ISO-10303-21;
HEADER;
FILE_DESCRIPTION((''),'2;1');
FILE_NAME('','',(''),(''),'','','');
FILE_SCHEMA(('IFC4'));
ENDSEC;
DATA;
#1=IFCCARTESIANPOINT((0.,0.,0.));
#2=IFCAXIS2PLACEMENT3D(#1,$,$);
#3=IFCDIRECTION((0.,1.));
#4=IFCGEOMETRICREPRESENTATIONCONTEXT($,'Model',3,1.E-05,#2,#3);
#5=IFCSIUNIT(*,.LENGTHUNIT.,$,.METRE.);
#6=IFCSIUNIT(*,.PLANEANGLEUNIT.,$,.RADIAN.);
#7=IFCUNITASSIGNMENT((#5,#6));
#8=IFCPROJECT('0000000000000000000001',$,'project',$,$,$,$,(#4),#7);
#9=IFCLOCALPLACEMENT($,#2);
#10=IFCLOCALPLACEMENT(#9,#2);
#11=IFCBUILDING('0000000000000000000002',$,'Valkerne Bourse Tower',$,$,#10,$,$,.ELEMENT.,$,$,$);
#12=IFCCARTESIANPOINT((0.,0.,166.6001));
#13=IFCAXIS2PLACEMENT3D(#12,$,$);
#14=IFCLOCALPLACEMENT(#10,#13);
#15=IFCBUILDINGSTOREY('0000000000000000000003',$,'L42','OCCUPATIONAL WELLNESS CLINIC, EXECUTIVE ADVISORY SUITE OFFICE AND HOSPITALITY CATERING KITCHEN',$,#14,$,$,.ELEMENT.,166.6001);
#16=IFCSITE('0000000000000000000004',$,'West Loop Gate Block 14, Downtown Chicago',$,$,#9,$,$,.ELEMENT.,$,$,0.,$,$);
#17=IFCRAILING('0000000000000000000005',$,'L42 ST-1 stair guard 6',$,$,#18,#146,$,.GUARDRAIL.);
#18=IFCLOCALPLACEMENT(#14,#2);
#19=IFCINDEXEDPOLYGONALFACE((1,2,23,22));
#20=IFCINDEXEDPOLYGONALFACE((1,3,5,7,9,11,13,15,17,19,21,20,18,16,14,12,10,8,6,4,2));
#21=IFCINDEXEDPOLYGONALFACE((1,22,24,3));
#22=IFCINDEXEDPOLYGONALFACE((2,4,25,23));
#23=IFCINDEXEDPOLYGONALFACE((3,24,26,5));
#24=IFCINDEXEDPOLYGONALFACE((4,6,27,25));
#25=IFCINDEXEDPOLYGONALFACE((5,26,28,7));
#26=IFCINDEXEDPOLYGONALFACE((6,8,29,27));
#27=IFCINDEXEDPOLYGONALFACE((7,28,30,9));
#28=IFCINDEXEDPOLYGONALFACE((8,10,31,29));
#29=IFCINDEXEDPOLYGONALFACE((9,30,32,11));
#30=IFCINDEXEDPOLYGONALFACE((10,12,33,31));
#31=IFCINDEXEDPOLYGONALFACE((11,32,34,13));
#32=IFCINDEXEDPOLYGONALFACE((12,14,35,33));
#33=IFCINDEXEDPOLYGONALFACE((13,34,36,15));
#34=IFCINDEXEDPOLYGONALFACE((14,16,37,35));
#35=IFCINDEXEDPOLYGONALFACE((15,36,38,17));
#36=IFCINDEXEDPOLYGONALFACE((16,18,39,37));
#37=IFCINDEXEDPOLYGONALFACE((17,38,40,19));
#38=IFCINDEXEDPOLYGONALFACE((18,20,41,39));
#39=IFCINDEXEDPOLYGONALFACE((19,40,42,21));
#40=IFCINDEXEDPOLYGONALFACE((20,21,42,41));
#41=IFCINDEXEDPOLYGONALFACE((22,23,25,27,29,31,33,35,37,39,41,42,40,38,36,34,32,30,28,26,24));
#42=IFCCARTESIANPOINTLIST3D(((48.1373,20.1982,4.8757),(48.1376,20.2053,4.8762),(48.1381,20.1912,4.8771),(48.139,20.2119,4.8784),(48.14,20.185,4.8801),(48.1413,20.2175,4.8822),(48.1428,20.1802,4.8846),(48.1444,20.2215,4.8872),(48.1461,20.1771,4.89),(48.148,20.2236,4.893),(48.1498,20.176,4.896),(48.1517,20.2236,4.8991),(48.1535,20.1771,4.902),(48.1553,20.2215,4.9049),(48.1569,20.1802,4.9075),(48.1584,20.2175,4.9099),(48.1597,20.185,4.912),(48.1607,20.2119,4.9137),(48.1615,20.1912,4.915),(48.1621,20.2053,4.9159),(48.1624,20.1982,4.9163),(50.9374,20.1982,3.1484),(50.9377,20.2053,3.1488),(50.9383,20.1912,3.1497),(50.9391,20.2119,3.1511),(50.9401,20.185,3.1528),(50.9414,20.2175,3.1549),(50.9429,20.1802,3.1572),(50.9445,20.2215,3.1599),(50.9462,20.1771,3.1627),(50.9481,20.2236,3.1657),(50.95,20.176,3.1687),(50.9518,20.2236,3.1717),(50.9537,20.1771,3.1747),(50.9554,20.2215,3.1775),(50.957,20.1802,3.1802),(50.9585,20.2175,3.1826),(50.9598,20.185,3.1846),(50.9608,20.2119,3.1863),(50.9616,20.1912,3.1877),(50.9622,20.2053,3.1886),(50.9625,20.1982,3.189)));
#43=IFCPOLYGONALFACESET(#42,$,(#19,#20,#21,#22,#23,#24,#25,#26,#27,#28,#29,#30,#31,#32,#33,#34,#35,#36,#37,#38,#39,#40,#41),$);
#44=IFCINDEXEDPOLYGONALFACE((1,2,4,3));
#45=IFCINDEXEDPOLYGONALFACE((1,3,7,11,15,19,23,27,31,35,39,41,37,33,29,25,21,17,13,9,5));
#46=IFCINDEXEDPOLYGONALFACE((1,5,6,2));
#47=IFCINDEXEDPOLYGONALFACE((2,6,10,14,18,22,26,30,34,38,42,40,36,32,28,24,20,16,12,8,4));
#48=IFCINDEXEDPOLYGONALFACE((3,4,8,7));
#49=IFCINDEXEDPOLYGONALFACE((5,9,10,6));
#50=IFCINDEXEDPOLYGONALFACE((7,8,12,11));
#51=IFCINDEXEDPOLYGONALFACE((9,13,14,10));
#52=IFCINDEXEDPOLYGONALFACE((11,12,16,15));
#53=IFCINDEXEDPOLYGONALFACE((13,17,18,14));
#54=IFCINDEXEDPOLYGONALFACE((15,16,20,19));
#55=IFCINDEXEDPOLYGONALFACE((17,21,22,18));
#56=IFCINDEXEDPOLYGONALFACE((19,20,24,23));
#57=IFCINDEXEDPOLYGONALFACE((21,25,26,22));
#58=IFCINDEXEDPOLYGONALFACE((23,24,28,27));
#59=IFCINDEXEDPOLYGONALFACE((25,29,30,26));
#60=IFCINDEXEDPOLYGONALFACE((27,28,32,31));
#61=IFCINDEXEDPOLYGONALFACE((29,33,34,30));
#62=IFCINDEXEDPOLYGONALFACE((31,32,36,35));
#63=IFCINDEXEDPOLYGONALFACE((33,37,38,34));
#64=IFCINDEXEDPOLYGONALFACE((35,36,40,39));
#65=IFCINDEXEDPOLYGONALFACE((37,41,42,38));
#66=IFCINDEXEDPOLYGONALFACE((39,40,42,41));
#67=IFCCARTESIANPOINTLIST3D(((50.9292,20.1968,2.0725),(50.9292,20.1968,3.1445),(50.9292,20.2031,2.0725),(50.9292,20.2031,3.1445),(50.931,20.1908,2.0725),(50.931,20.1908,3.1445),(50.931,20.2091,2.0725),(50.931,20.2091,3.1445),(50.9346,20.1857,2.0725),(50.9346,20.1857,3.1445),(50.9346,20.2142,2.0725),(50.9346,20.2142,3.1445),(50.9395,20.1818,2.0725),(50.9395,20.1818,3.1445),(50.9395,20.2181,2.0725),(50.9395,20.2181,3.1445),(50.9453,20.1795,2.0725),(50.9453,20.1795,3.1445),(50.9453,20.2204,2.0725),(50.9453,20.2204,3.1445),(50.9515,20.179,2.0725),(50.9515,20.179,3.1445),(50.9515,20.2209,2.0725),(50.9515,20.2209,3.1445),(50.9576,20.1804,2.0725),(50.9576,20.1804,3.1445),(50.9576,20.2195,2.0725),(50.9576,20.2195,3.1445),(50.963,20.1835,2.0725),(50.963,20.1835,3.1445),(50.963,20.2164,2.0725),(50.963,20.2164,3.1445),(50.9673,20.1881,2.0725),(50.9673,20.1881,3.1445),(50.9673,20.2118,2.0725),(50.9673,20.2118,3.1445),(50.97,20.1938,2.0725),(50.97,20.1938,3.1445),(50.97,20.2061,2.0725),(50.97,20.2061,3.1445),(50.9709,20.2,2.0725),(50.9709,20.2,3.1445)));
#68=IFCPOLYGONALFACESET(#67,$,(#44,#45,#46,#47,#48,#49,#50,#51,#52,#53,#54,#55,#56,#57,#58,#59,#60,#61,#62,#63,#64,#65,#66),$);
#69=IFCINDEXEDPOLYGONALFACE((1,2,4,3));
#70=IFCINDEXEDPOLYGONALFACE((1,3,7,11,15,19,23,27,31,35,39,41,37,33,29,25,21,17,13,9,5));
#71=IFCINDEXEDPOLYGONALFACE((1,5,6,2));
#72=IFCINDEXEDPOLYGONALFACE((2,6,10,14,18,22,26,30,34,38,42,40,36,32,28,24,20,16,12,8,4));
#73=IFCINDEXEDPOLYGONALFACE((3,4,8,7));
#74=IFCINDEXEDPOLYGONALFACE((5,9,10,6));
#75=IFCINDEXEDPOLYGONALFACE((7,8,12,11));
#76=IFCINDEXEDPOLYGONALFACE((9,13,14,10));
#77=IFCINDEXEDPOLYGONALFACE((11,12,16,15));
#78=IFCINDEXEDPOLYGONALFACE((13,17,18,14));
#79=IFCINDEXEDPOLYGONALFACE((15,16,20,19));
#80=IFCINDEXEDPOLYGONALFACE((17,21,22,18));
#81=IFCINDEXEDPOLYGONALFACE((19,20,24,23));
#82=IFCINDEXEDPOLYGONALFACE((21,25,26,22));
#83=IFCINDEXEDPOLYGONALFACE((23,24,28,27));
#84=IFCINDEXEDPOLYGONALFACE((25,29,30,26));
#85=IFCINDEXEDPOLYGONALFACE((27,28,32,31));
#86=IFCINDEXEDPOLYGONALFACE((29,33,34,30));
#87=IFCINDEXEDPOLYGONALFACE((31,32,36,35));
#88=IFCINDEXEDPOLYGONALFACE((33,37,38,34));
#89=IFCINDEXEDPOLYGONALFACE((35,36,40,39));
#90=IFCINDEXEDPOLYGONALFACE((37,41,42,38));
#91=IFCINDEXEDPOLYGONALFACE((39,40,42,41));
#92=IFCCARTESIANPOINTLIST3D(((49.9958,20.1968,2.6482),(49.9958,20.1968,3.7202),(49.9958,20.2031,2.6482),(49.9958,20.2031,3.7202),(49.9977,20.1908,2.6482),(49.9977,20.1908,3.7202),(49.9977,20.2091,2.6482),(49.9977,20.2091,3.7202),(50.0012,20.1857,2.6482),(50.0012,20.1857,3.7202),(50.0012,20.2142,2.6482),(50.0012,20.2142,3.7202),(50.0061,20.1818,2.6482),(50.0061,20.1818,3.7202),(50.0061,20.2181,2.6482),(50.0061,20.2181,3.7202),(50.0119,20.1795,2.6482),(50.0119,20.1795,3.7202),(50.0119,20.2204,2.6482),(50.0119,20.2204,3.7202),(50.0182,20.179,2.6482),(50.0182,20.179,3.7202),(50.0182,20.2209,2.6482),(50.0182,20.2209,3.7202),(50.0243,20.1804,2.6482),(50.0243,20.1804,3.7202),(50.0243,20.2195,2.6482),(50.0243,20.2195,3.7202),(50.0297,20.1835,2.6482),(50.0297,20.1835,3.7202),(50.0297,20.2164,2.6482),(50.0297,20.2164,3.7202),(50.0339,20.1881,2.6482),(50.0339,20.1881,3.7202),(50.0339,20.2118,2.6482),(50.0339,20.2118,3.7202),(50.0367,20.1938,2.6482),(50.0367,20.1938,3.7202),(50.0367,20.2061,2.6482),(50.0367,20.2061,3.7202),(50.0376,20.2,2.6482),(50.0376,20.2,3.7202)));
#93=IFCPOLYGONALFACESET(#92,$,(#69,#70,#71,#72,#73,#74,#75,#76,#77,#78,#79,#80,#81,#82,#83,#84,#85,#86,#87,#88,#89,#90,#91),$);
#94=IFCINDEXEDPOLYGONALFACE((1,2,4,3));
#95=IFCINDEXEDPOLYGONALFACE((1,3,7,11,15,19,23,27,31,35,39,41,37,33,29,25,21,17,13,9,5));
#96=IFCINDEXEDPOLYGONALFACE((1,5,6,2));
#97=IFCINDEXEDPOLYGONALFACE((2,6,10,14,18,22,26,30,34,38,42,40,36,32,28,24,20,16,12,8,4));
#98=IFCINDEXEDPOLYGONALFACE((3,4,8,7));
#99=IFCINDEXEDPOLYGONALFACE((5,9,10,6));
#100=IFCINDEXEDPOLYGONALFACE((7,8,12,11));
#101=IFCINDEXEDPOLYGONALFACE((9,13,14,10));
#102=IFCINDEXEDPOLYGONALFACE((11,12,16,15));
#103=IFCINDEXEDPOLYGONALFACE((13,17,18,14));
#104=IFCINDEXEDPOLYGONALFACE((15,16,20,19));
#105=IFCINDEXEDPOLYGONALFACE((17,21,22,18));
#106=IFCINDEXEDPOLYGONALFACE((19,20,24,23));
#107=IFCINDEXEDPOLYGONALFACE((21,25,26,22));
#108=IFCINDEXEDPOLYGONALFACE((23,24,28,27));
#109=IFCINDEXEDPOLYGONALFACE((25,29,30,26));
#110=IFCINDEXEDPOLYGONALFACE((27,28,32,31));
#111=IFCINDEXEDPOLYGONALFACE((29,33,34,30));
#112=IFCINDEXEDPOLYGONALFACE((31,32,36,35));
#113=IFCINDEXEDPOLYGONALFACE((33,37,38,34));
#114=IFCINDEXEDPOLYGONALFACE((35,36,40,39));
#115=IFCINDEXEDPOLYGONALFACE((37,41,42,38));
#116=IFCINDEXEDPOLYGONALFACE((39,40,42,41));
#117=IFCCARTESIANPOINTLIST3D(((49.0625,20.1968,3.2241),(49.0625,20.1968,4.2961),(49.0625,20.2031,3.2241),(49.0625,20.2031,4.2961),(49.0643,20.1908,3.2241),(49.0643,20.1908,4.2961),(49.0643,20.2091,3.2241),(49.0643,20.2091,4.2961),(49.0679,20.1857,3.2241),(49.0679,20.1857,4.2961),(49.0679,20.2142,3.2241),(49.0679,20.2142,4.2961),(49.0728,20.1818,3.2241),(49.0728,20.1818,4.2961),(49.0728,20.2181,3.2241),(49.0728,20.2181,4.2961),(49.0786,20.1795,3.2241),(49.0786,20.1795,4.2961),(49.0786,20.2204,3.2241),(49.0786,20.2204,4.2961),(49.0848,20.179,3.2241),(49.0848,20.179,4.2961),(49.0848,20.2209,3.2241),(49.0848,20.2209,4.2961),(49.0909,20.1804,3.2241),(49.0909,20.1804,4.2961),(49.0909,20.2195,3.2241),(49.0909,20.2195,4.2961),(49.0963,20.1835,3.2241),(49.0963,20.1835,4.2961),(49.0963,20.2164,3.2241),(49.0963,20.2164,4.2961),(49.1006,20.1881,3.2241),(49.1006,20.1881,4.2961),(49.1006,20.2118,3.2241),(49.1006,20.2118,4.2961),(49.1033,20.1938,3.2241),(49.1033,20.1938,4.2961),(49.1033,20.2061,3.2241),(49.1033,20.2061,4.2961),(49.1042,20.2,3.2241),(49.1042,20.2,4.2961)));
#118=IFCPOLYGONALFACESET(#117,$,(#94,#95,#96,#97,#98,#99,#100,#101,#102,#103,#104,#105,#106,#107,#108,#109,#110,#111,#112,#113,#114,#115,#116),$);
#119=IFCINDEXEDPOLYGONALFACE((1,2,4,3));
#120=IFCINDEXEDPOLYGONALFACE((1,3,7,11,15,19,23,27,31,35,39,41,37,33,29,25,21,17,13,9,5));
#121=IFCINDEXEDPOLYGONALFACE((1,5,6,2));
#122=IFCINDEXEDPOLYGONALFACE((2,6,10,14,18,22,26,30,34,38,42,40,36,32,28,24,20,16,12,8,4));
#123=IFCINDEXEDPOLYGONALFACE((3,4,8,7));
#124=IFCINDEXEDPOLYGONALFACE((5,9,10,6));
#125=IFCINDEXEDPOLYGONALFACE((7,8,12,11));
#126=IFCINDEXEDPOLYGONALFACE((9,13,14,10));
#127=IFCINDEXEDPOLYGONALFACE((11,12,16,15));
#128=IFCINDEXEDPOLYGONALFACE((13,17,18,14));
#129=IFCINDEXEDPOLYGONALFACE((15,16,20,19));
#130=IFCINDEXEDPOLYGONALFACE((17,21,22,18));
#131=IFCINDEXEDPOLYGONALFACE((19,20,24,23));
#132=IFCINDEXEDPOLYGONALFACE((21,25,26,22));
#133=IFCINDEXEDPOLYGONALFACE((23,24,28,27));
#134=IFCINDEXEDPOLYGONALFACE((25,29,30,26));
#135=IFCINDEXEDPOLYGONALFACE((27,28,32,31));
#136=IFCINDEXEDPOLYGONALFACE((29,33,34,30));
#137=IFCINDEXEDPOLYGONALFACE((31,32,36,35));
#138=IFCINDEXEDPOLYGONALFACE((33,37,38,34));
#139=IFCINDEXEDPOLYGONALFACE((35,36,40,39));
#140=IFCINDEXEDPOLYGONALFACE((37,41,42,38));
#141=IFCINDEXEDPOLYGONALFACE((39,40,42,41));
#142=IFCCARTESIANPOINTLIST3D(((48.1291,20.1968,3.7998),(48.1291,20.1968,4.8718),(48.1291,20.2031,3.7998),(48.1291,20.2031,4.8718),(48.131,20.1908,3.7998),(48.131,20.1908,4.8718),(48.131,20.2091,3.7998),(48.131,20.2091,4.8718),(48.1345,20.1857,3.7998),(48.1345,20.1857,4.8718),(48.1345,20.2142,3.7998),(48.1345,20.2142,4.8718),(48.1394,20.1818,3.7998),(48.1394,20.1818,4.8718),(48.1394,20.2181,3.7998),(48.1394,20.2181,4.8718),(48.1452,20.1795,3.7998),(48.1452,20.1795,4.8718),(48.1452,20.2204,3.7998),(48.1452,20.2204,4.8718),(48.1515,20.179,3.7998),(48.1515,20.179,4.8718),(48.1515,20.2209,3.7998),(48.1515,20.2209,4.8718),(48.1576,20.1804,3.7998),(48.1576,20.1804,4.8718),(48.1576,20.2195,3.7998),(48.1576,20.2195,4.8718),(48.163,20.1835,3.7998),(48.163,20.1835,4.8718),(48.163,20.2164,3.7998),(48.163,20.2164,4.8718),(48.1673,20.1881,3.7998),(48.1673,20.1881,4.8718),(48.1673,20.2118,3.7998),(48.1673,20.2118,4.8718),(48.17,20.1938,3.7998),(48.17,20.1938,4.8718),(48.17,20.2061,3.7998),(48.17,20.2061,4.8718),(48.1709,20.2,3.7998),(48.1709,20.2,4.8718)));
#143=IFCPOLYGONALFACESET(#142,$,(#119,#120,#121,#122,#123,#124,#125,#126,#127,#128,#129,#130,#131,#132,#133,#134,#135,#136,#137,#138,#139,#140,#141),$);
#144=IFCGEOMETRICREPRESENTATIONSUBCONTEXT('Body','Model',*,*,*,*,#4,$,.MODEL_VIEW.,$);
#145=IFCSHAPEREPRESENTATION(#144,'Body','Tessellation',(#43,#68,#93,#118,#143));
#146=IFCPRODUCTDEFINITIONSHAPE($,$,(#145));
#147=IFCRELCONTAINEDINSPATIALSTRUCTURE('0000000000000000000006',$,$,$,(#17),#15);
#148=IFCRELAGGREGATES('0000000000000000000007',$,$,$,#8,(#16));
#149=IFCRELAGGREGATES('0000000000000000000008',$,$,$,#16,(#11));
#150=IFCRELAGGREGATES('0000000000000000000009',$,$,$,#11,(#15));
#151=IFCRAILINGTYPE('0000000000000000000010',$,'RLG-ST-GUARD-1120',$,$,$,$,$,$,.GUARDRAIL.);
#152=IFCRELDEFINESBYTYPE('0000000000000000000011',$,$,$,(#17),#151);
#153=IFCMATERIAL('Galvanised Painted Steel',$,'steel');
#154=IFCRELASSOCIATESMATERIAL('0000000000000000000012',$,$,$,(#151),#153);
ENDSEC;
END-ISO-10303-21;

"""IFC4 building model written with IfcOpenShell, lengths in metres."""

from ifc_helpers import new_model, si_unit, direction, frame, origin, origin_2d, place, context, subcontext, project, spatial, circle, extrude, material, type_object, element, save


model = new_model("IFC4")

# Units and contexts
model_context = context("Model", 3, precision=1e-05, world=origin(), true_north=direction((0.0, 1.0)))
body_context = subcontext(model_context, "Body", "Model", "MODEL_VIEW")
ifc_project = project(units=[si_unit("LENGTHUNIT", "METRE"), si_unit("PLANEANGLEUNIT", "RADIAN")], contexts=[model_context])

# Site, building, storey
site_placement = place(None, origin())
site = spatial("IfcSite", under=ifc_project, at=site_placement, Name="West Loop Gate Block 14, Downtown Chicago", CompositionType="ELEMENT", RefElevation=0.0)
building_placement = place(site_placement, origin())
building = spatial("IfcBuilding", under=site, at=building_placement, Name="Valkerne Bourse Tower", CompositionType="ELEMENT")
storey_placement = place(building_placement, frame((0.0, 0.0, 166.6001)))
storey = spatial("IfcBuildingStorey", under=building, at=storey_placement, Name="L42", Description="OCCUPATIONAL WELLNESS CLINIC, EXECUTIVE ADVISORY SUITE OFFICE AND HOSPITALITY CATERING KITCHEN", CompositionType="ELEMENT", Elevation=166.6001)

# Shared definitions
ifc_material_1 = material(Name="Galvanised Painted Steel", Category="steel")

# Railing
railing_type_1 = type_object("IfcRailingType", Name="RLG-ST-GUARD-1120", PredefinedType="GUARDRAIL", material=ifc_material_1)
railing_1_placement = place(storey_placement, frame((50.95, 20.2, 2.0725)))
element("IfcRailing", 1, at=railing_1_placement, inside=storey, type_object=railing_type_1, Name="L42 ST-1 stair guard 6", PredefinedType="GUARDRAIL", context=body_context, shape_type="SweptSolid", body=[
    extrude(circle(Radius=0.0239, at=origin_2d()), frame((0.0, 0.0, 1.0962), z_axis=(-0.85109, 0.0, 0.52502), x_axis=(0.0, -1.0, 0.0)), (0.0, 0.0, 1.0), 3.29),
    extrude(circle(Radius=0.021, at=origin_2d()), origin(), (0.0, 0.0, 1.0), 1.072),
    extrude(circle(Radius=0.021, at=origin_2d()), frame((-0.9333, 0.0, 0.5757)), (0.0, 0.0, 1.0), 1.072),
    extrude(circle(Radius=0.021, at=origin_2d()), frame((-1.8667, 0.0, 1.1516)), (0.0, 0.0, 1.0), 1.072),
    extrude(circle(Radius=0.021, at=origin_2d()), frame((-2.8, 0.0, 1.7273)), (0.0, 0.0, 1.0), 1.072),
])

save(model, "model.ifc")
